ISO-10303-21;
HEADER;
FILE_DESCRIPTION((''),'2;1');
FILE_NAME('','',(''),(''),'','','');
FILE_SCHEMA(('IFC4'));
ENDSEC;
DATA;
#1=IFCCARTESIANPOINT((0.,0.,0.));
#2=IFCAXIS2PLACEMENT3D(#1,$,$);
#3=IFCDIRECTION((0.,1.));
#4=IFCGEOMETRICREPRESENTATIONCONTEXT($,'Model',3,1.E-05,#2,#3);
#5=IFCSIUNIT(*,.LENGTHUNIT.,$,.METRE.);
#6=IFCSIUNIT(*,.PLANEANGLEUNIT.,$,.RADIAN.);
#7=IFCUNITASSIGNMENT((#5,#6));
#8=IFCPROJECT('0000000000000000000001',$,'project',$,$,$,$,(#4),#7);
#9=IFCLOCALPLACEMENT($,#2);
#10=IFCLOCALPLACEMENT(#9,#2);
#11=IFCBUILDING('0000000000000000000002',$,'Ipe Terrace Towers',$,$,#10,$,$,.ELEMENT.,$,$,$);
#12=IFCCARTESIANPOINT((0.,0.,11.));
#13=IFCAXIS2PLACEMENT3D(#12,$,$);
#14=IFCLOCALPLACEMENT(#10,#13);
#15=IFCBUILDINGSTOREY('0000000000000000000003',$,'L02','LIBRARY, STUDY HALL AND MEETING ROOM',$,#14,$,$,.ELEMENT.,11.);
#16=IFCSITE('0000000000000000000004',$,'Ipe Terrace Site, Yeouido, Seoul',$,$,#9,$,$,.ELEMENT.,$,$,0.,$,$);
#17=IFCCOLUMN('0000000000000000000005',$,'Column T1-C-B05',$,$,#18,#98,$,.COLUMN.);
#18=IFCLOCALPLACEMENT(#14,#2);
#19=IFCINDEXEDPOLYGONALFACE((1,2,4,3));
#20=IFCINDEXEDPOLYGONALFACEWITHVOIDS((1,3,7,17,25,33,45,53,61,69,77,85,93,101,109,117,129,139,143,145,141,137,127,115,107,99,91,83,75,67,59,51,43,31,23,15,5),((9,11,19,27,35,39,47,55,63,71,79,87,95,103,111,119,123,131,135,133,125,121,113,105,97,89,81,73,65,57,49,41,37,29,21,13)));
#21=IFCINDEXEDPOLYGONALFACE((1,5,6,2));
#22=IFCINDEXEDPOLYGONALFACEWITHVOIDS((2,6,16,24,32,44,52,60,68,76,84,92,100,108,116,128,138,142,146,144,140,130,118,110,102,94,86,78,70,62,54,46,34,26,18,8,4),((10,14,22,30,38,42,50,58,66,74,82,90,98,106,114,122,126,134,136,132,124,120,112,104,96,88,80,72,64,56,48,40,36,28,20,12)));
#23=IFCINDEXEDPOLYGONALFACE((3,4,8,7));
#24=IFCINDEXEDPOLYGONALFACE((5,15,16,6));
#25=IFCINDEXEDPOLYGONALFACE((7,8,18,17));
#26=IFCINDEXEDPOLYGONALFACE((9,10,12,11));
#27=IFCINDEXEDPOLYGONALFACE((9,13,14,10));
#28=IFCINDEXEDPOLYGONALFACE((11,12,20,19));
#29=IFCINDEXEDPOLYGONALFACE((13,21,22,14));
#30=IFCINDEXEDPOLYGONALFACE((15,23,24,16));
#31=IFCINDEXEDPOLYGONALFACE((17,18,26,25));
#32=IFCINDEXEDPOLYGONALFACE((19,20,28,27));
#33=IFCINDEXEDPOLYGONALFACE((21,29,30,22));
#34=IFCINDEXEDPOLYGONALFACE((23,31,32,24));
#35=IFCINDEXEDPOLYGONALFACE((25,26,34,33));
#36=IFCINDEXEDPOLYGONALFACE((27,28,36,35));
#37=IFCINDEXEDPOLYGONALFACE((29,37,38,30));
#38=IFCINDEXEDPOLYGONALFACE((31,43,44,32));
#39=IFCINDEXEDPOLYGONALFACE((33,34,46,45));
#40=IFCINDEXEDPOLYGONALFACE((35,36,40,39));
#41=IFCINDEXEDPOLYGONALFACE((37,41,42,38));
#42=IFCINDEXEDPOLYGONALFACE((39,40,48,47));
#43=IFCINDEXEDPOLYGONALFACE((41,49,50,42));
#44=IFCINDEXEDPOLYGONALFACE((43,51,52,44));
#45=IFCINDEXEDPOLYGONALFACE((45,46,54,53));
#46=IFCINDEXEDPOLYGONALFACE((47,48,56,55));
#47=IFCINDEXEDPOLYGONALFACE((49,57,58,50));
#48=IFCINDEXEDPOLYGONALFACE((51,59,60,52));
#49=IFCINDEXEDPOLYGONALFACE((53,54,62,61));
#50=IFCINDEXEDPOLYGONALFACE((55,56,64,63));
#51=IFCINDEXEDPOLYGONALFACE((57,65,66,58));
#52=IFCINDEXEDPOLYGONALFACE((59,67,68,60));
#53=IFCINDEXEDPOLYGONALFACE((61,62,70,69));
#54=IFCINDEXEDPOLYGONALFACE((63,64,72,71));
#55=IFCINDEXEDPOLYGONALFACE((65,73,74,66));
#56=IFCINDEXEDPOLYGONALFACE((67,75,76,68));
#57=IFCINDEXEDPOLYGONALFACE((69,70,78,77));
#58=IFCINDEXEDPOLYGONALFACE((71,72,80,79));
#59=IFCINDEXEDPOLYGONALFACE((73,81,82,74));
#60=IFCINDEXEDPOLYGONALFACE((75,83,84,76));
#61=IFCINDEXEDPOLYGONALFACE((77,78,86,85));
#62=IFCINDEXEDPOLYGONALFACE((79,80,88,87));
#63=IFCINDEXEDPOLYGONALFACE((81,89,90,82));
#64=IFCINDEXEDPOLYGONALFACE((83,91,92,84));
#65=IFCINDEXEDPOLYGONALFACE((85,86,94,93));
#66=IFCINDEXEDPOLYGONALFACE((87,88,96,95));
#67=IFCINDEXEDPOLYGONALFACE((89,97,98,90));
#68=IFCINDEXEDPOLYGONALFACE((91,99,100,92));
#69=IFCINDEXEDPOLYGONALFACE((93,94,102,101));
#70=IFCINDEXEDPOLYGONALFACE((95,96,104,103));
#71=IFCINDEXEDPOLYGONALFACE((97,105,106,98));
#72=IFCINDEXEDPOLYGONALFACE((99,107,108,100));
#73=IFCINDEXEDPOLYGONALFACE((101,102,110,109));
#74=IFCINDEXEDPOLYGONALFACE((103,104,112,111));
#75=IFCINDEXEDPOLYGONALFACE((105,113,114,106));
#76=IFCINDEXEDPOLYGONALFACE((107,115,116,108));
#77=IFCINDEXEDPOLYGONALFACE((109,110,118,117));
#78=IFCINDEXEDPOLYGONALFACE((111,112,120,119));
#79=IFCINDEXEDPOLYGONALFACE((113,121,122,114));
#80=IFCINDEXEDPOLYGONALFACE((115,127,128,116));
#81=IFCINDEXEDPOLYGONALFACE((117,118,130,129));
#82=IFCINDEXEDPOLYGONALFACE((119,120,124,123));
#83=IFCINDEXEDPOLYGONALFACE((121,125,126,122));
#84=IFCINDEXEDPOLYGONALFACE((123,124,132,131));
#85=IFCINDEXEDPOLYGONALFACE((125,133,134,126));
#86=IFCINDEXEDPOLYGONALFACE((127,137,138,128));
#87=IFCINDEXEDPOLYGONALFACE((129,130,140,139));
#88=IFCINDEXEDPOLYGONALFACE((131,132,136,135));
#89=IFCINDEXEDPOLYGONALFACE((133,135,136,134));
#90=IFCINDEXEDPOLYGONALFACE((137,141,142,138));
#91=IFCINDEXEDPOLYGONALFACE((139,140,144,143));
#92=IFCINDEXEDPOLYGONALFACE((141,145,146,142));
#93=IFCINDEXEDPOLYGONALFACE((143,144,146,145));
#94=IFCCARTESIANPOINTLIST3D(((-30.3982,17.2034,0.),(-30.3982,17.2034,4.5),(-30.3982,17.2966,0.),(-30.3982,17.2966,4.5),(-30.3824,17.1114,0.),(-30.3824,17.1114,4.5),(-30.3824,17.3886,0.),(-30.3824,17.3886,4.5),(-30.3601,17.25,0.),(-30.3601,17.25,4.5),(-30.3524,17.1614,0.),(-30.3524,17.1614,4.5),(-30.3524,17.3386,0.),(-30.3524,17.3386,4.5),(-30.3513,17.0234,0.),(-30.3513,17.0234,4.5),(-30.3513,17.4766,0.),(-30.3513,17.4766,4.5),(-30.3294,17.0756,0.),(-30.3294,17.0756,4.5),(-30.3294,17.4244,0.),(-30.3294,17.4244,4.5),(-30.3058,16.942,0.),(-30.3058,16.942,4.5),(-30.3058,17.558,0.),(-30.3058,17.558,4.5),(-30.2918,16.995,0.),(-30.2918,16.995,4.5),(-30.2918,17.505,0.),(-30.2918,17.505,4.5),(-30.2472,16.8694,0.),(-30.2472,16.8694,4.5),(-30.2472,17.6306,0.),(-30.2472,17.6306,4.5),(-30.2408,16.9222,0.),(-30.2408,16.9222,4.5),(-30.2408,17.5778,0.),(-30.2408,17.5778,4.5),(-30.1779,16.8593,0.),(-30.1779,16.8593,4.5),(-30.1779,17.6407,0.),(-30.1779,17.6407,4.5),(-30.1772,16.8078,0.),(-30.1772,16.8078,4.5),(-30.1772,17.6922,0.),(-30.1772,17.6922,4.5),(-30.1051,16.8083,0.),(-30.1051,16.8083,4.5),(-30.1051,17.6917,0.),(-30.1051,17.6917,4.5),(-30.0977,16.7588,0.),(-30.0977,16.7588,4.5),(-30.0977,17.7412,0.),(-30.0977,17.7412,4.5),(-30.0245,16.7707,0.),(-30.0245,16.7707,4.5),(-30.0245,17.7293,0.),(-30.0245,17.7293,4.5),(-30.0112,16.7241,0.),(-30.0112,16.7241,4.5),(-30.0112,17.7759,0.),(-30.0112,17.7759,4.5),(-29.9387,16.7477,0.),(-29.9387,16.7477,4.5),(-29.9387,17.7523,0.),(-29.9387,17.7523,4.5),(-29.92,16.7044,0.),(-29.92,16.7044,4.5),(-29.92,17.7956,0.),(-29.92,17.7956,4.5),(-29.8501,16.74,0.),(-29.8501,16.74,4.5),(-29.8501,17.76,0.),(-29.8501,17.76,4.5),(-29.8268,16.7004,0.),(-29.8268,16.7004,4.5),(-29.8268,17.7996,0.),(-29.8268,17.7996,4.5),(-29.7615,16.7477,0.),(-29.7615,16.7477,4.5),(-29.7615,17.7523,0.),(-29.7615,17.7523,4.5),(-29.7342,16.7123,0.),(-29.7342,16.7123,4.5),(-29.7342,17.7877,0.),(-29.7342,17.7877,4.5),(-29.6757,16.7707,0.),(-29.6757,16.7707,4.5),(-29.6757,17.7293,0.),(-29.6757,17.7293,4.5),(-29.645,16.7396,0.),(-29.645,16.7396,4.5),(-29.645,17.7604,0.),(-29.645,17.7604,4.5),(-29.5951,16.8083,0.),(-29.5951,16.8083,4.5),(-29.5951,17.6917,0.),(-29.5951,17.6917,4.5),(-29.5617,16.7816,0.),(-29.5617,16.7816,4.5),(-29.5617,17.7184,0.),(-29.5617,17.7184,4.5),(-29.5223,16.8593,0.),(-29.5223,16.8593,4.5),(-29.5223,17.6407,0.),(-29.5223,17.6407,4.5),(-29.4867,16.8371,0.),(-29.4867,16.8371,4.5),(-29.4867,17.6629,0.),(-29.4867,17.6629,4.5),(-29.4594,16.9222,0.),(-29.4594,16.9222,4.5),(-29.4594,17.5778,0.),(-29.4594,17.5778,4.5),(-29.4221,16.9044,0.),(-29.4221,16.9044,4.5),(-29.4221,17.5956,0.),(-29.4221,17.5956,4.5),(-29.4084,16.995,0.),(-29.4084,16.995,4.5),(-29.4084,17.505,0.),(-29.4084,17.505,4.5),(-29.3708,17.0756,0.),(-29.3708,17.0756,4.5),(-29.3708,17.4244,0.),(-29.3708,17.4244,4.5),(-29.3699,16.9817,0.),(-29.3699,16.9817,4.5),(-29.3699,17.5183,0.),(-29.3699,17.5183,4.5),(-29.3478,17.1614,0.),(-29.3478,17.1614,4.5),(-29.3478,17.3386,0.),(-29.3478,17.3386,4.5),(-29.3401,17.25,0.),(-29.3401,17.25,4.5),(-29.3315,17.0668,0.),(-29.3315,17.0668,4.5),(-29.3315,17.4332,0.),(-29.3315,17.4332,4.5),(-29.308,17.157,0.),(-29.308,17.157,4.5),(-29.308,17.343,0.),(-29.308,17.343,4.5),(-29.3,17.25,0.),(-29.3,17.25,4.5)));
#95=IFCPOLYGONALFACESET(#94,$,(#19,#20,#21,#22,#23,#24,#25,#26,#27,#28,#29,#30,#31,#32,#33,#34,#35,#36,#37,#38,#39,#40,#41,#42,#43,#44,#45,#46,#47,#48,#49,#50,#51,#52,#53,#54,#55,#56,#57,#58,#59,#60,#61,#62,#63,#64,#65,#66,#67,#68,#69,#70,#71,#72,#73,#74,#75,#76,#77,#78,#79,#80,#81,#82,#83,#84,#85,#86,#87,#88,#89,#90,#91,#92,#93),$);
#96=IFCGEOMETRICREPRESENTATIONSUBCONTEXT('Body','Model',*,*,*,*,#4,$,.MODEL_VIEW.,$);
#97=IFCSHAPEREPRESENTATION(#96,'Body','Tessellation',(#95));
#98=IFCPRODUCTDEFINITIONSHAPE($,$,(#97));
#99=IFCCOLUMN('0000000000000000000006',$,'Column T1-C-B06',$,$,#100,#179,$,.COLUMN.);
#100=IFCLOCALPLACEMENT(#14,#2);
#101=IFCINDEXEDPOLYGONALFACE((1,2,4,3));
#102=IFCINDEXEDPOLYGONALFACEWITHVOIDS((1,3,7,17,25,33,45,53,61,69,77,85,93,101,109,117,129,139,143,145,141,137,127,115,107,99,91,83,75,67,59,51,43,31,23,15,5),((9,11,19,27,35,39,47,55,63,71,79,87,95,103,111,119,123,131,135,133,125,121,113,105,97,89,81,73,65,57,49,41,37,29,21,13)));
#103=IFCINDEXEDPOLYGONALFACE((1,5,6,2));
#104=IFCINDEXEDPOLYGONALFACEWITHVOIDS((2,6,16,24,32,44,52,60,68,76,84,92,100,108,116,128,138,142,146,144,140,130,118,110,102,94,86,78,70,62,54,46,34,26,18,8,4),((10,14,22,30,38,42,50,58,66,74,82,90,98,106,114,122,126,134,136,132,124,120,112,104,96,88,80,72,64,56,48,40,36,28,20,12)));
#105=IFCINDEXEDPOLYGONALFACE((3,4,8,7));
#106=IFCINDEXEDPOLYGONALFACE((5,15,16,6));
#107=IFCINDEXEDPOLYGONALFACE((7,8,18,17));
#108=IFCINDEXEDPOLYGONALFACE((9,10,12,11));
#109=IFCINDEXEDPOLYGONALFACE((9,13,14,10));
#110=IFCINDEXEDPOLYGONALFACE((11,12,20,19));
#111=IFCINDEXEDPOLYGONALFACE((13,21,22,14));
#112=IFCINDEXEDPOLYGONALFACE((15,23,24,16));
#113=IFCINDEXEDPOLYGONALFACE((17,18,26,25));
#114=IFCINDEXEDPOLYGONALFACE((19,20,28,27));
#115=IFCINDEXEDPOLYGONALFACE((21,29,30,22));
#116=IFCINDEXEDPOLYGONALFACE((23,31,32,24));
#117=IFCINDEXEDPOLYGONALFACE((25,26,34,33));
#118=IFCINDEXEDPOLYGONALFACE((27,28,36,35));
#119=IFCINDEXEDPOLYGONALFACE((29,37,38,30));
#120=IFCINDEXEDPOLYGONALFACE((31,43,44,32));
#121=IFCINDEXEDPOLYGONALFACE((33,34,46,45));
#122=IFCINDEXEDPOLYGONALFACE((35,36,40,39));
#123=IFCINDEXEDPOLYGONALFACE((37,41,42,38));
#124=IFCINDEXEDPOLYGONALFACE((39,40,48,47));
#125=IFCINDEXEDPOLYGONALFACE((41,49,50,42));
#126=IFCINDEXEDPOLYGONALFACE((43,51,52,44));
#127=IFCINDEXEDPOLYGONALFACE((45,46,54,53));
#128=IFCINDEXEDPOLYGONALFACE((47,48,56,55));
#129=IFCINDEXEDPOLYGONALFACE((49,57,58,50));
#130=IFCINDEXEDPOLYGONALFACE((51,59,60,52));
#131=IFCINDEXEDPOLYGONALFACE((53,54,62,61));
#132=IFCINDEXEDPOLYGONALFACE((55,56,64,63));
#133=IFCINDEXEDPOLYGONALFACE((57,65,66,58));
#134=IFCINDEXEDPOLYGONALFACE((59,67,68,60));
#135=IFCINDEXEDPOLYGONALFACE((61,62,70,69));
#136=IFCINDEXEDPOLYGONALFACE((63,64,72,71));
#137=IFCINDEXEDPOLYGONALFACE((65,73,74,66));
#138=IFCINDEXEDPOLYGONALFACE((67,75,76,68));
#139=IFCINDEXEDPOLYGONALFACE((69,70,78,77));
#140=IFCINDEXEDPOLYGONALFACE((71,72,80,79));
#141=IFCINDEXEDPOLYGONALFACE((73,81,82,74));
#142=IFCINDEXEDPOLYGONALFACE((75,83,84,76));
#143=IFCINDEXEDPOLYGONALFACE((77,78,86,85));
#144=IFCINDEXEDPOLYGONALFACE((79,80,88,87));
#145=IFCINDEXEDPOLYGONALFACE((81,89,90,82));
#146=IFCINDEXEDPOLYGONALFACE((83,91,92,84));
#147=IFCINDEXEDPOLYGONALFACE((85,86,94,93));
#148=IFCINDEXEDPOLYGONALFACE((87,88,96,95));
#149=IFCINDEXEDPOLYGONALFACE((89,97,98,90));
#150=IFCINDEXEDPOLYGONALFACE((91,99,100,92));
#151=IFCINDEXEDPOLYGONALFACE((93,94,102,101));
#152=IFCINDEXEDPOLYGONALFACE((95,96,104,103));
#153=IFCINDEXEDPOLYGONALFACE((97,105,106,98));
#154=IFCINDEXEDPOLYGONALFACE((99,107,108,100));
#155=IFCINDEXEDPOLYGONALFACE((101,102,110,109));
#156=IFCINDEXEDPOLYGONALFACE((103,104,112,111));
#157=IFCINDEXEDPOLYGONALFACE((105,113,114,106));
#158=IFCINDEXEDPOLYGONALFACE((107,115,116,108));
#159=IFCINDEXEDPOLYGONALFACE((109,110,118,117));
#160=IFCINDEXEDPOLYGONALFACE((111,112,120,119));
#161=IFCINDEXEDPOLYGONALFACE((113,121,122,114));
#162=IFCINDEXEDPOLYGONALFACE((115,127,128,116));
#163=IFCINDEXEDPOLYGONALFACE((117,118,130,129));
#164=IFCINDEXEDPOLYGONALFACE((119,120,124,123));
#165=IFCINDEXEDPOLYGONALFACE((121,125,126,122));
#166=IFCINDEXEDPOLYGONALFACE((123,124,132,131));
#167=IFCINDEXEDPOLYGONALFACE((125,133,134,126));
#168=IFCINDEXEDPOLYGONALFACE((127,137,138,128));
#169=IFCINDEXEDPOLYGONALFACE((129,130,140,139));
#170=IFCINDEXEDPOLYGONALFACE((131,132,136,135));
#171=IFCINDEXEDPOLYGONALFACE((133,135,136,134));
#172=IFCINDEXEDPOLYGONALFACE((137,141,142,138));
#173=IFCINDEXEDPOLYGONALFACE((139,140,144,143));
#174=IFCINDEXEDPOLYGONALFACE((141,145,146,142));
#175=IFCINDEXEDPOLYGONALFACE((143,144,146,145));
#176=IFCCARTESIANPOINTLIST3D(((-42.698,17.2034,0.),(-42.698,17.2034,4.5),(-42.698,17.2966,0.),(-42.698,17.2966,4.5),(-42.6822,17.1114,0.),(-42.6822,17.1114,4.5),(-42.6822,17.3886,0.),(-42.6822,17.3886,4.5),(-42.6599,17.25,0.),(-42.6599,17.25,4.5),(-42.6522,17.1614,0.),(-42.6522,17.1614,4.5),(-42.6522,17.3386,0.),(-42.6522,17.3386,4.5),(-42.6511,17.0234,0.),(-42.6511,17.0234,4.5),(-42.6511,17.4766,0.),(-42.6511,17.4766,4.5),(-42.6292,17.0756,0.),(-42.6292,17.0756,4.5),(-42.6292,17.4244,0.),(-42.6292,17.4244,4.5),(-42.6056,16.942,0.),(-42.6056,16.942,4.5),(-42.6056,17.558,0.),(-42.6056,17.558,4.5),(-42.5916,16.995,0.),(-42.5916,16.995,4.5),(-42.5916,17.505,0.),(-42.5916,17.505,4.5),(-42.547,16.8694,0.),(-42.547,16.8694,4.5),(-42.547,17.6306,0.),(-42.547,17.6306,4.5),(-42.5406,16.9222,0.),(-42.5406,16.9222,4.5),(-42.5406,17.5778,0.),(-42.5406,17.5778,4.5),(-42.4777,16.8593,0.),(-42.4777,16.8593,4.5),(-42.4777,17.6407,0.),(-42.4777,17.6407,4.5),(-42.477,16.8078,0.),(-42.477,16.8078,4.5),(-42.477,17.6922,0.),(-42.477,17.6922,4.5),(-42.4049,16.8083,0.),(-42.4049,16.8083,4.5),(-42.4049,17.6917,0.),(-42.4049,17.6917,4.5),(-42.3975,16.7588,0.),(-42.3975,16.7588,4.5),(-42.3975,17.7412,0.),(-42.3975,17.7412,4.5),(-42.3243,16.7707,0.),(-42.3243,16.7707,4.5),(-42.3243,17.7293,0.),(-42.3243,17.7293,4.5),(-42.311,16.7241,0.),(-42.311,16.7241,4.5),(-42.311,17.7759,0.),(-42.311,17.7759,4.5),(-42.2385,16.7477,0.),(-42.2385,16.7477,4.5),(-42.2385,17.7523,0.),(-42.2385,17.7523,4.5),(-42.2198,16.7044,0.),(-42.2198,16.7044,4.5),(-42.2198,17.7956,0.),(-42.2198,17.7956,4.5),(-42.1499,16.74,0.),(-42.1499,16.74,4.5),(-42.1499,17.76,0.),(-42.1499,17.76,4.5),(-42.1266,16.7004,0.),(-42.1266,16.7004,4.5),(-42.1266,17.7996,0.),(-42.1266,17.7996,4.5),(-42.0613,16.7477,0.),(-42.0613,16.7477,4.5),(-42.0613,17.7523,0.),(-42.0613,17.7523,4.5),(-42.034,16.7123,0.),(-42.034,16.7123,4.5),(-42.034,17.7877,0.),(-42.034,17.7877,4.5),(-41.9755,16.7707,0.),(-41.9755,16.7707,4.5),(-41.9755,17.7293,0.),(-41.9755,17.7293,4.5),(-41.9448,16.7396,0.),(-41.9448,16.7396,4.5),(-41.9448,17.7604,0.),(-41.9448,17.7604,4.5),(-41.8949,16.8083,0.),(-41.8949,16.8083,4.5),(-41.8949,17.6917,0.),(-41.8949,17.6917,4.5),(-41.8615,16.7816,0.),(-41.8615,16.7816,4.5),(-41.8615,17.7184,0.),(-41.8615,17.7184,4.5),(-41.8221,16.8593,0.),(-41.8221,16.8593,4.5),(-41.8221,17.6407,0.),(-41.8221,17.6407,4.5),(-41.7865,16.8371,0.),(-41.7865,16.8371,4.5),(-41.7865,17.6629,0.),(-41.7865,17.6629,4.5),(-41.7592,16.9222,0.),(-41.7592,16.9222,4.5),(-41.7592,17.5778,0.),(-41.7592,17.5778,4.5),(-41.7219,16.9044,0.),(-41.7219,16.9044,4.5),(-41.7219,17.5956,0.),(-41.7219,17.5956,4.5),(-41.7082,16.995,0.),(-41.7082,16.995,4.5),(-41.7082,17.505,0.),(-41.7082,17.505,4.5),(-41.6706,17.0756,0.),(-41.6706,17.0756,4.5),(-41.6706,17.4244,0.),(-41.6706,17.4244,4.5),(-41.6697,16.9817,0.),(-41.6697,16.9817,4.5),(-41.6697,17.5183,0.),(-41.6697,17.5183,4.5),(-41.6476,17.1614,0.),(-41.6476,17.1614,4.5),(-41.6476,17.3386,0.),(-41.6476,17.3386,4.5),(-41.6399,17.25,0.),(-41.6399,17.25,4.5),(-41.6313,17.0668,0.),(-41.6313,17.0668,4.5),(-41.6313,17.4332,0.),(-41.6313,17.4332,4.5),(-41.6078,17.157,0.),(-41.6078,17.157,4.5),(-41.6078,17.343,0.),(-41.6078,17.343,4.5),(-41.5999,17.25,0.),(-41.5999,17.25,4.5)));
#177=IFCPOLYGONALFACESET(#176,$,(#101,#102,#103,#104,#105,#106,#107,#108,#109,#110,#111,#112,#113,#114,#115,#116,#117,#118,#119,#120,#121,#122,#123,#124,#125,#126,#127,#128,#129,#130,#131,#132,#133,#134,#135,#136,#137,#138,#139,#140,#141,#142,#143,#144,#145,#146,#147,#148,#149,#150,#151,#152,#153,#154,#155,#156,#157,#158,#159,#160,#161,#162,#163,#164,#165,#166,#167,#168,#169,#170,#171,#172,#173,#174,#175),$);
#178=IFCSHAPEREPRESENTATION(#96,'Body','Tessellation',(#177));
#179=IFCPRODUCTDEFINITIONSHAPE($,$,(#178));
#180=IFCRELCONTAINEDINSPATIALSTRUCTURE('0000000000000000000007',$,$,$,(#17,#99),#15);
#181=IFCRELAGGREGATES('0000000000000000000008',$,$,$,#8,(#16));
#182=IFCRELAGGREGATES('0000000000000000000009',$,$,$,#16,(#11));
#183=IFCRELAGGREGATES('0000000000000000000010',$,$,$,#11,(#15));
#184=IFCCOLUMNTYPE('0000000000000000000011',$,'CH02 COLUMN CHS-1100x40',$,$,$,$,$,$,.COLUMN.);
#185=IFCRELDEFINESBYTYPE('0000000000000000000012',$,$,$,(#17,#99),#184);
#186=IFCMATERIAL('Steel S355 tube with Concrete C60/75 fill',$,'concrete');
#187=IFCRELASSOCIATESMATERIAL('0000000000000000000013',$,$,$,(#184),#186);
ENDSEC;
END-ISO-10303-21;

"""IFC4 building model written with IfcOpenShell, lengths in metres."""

from ifc_helpers import new_model, si_unit, direction, frame, origin, origin_2d, place, context, subcontext, project, spatial, hollow_circle, extrude, material, material_profile, profile_set, type_object, element, save


model = new_model("IFC4")

# Units and contexts
model_context = context("Model", 3, precision=1e-05, world=origin(), true_north=direction((0.0, 1.0)))
body_context = subcontext(model_context, "Body", "Model", "MODEL_VIEW")
ifc_project = project(units=[si_unit("LENGTHUNIT", "METRE"), si_unit("PLANEANGLEUNIT", "RADIAN")], contexts=[model_context])

# Site, building, storey
site_placement = place(None, origin())
site = spatial("IfcSite", under=ifc_project, at=site_placement, Name="Ipe Terrace Site, Yeouido, Seoul", CompositionType="ELEMENT", RefElevation=0.0)
building_placement = place(site_placement, origin())
building = spatial("IfcBuilding", under=site, at=building_placement, Name="Ipe Terrace Towers", CompositionType="ELEMENT")
storey_placement = place(building_placement, frame((0.0, 0.0, 11.0)))
storey = spatial("IfcBuildingStorey", under=building, at=storey_placement, Name="L02", Description="LIBRARY, STUDY HALL AND MEETING ROOM", CompositionType="ELEMENT", Elevation=11.0)

# Columns
ifc_material_1 = material(Name="Steel S355 tube with Concrete C60/75 fill", Category="concrete")
ifc_material_profile_1 = material_profile(ifc_material_1, hollow_circle(Radius=0.55, WallThickness=0.04, at=origin_2d()), Name="CHS-1100x40")
ifc_profile_set_1 = profile_set([ifc_material_profile_1], Name="Steel S355 tube with Concrete C60/75 fill")
column_type_1 = type_object("IfcColumnType", Name="CH02 COLUMN CHS-1100x40", PredefinedType="COLUMN", material=ifc_profile_set_1)
for number, where, z_axis, x_axis, name in (
    (1, (-29.8501, 17.25, 0.0), (0.0, 0.0, 1.0), (1.0, 0.0, 0.0), "Column T1-C-B05"),
    (2, (-42.1499, 17.25, 0.0), (0.0, 0.0, 1.0), (1.0, 0.0, 0.0), "Column T1-C-B06"),
):
    element("IfcColumn", number, at=place(storey_placement, frame(where, z_axis=z_axis, x_axis=x_axis)), inside=storey, type_object=column_type_1, Name=name, PredefinedType="COLUMN", context=body_context, shape_type="SweptSolid", body=[
        extrude(hollow_circle(Radius=0.55, WallThickness=0.04, at=origin_2d()), origin(), (0.0, 0.0, 1.0), 4.5),
    ])

save(model, "model.ifc")
